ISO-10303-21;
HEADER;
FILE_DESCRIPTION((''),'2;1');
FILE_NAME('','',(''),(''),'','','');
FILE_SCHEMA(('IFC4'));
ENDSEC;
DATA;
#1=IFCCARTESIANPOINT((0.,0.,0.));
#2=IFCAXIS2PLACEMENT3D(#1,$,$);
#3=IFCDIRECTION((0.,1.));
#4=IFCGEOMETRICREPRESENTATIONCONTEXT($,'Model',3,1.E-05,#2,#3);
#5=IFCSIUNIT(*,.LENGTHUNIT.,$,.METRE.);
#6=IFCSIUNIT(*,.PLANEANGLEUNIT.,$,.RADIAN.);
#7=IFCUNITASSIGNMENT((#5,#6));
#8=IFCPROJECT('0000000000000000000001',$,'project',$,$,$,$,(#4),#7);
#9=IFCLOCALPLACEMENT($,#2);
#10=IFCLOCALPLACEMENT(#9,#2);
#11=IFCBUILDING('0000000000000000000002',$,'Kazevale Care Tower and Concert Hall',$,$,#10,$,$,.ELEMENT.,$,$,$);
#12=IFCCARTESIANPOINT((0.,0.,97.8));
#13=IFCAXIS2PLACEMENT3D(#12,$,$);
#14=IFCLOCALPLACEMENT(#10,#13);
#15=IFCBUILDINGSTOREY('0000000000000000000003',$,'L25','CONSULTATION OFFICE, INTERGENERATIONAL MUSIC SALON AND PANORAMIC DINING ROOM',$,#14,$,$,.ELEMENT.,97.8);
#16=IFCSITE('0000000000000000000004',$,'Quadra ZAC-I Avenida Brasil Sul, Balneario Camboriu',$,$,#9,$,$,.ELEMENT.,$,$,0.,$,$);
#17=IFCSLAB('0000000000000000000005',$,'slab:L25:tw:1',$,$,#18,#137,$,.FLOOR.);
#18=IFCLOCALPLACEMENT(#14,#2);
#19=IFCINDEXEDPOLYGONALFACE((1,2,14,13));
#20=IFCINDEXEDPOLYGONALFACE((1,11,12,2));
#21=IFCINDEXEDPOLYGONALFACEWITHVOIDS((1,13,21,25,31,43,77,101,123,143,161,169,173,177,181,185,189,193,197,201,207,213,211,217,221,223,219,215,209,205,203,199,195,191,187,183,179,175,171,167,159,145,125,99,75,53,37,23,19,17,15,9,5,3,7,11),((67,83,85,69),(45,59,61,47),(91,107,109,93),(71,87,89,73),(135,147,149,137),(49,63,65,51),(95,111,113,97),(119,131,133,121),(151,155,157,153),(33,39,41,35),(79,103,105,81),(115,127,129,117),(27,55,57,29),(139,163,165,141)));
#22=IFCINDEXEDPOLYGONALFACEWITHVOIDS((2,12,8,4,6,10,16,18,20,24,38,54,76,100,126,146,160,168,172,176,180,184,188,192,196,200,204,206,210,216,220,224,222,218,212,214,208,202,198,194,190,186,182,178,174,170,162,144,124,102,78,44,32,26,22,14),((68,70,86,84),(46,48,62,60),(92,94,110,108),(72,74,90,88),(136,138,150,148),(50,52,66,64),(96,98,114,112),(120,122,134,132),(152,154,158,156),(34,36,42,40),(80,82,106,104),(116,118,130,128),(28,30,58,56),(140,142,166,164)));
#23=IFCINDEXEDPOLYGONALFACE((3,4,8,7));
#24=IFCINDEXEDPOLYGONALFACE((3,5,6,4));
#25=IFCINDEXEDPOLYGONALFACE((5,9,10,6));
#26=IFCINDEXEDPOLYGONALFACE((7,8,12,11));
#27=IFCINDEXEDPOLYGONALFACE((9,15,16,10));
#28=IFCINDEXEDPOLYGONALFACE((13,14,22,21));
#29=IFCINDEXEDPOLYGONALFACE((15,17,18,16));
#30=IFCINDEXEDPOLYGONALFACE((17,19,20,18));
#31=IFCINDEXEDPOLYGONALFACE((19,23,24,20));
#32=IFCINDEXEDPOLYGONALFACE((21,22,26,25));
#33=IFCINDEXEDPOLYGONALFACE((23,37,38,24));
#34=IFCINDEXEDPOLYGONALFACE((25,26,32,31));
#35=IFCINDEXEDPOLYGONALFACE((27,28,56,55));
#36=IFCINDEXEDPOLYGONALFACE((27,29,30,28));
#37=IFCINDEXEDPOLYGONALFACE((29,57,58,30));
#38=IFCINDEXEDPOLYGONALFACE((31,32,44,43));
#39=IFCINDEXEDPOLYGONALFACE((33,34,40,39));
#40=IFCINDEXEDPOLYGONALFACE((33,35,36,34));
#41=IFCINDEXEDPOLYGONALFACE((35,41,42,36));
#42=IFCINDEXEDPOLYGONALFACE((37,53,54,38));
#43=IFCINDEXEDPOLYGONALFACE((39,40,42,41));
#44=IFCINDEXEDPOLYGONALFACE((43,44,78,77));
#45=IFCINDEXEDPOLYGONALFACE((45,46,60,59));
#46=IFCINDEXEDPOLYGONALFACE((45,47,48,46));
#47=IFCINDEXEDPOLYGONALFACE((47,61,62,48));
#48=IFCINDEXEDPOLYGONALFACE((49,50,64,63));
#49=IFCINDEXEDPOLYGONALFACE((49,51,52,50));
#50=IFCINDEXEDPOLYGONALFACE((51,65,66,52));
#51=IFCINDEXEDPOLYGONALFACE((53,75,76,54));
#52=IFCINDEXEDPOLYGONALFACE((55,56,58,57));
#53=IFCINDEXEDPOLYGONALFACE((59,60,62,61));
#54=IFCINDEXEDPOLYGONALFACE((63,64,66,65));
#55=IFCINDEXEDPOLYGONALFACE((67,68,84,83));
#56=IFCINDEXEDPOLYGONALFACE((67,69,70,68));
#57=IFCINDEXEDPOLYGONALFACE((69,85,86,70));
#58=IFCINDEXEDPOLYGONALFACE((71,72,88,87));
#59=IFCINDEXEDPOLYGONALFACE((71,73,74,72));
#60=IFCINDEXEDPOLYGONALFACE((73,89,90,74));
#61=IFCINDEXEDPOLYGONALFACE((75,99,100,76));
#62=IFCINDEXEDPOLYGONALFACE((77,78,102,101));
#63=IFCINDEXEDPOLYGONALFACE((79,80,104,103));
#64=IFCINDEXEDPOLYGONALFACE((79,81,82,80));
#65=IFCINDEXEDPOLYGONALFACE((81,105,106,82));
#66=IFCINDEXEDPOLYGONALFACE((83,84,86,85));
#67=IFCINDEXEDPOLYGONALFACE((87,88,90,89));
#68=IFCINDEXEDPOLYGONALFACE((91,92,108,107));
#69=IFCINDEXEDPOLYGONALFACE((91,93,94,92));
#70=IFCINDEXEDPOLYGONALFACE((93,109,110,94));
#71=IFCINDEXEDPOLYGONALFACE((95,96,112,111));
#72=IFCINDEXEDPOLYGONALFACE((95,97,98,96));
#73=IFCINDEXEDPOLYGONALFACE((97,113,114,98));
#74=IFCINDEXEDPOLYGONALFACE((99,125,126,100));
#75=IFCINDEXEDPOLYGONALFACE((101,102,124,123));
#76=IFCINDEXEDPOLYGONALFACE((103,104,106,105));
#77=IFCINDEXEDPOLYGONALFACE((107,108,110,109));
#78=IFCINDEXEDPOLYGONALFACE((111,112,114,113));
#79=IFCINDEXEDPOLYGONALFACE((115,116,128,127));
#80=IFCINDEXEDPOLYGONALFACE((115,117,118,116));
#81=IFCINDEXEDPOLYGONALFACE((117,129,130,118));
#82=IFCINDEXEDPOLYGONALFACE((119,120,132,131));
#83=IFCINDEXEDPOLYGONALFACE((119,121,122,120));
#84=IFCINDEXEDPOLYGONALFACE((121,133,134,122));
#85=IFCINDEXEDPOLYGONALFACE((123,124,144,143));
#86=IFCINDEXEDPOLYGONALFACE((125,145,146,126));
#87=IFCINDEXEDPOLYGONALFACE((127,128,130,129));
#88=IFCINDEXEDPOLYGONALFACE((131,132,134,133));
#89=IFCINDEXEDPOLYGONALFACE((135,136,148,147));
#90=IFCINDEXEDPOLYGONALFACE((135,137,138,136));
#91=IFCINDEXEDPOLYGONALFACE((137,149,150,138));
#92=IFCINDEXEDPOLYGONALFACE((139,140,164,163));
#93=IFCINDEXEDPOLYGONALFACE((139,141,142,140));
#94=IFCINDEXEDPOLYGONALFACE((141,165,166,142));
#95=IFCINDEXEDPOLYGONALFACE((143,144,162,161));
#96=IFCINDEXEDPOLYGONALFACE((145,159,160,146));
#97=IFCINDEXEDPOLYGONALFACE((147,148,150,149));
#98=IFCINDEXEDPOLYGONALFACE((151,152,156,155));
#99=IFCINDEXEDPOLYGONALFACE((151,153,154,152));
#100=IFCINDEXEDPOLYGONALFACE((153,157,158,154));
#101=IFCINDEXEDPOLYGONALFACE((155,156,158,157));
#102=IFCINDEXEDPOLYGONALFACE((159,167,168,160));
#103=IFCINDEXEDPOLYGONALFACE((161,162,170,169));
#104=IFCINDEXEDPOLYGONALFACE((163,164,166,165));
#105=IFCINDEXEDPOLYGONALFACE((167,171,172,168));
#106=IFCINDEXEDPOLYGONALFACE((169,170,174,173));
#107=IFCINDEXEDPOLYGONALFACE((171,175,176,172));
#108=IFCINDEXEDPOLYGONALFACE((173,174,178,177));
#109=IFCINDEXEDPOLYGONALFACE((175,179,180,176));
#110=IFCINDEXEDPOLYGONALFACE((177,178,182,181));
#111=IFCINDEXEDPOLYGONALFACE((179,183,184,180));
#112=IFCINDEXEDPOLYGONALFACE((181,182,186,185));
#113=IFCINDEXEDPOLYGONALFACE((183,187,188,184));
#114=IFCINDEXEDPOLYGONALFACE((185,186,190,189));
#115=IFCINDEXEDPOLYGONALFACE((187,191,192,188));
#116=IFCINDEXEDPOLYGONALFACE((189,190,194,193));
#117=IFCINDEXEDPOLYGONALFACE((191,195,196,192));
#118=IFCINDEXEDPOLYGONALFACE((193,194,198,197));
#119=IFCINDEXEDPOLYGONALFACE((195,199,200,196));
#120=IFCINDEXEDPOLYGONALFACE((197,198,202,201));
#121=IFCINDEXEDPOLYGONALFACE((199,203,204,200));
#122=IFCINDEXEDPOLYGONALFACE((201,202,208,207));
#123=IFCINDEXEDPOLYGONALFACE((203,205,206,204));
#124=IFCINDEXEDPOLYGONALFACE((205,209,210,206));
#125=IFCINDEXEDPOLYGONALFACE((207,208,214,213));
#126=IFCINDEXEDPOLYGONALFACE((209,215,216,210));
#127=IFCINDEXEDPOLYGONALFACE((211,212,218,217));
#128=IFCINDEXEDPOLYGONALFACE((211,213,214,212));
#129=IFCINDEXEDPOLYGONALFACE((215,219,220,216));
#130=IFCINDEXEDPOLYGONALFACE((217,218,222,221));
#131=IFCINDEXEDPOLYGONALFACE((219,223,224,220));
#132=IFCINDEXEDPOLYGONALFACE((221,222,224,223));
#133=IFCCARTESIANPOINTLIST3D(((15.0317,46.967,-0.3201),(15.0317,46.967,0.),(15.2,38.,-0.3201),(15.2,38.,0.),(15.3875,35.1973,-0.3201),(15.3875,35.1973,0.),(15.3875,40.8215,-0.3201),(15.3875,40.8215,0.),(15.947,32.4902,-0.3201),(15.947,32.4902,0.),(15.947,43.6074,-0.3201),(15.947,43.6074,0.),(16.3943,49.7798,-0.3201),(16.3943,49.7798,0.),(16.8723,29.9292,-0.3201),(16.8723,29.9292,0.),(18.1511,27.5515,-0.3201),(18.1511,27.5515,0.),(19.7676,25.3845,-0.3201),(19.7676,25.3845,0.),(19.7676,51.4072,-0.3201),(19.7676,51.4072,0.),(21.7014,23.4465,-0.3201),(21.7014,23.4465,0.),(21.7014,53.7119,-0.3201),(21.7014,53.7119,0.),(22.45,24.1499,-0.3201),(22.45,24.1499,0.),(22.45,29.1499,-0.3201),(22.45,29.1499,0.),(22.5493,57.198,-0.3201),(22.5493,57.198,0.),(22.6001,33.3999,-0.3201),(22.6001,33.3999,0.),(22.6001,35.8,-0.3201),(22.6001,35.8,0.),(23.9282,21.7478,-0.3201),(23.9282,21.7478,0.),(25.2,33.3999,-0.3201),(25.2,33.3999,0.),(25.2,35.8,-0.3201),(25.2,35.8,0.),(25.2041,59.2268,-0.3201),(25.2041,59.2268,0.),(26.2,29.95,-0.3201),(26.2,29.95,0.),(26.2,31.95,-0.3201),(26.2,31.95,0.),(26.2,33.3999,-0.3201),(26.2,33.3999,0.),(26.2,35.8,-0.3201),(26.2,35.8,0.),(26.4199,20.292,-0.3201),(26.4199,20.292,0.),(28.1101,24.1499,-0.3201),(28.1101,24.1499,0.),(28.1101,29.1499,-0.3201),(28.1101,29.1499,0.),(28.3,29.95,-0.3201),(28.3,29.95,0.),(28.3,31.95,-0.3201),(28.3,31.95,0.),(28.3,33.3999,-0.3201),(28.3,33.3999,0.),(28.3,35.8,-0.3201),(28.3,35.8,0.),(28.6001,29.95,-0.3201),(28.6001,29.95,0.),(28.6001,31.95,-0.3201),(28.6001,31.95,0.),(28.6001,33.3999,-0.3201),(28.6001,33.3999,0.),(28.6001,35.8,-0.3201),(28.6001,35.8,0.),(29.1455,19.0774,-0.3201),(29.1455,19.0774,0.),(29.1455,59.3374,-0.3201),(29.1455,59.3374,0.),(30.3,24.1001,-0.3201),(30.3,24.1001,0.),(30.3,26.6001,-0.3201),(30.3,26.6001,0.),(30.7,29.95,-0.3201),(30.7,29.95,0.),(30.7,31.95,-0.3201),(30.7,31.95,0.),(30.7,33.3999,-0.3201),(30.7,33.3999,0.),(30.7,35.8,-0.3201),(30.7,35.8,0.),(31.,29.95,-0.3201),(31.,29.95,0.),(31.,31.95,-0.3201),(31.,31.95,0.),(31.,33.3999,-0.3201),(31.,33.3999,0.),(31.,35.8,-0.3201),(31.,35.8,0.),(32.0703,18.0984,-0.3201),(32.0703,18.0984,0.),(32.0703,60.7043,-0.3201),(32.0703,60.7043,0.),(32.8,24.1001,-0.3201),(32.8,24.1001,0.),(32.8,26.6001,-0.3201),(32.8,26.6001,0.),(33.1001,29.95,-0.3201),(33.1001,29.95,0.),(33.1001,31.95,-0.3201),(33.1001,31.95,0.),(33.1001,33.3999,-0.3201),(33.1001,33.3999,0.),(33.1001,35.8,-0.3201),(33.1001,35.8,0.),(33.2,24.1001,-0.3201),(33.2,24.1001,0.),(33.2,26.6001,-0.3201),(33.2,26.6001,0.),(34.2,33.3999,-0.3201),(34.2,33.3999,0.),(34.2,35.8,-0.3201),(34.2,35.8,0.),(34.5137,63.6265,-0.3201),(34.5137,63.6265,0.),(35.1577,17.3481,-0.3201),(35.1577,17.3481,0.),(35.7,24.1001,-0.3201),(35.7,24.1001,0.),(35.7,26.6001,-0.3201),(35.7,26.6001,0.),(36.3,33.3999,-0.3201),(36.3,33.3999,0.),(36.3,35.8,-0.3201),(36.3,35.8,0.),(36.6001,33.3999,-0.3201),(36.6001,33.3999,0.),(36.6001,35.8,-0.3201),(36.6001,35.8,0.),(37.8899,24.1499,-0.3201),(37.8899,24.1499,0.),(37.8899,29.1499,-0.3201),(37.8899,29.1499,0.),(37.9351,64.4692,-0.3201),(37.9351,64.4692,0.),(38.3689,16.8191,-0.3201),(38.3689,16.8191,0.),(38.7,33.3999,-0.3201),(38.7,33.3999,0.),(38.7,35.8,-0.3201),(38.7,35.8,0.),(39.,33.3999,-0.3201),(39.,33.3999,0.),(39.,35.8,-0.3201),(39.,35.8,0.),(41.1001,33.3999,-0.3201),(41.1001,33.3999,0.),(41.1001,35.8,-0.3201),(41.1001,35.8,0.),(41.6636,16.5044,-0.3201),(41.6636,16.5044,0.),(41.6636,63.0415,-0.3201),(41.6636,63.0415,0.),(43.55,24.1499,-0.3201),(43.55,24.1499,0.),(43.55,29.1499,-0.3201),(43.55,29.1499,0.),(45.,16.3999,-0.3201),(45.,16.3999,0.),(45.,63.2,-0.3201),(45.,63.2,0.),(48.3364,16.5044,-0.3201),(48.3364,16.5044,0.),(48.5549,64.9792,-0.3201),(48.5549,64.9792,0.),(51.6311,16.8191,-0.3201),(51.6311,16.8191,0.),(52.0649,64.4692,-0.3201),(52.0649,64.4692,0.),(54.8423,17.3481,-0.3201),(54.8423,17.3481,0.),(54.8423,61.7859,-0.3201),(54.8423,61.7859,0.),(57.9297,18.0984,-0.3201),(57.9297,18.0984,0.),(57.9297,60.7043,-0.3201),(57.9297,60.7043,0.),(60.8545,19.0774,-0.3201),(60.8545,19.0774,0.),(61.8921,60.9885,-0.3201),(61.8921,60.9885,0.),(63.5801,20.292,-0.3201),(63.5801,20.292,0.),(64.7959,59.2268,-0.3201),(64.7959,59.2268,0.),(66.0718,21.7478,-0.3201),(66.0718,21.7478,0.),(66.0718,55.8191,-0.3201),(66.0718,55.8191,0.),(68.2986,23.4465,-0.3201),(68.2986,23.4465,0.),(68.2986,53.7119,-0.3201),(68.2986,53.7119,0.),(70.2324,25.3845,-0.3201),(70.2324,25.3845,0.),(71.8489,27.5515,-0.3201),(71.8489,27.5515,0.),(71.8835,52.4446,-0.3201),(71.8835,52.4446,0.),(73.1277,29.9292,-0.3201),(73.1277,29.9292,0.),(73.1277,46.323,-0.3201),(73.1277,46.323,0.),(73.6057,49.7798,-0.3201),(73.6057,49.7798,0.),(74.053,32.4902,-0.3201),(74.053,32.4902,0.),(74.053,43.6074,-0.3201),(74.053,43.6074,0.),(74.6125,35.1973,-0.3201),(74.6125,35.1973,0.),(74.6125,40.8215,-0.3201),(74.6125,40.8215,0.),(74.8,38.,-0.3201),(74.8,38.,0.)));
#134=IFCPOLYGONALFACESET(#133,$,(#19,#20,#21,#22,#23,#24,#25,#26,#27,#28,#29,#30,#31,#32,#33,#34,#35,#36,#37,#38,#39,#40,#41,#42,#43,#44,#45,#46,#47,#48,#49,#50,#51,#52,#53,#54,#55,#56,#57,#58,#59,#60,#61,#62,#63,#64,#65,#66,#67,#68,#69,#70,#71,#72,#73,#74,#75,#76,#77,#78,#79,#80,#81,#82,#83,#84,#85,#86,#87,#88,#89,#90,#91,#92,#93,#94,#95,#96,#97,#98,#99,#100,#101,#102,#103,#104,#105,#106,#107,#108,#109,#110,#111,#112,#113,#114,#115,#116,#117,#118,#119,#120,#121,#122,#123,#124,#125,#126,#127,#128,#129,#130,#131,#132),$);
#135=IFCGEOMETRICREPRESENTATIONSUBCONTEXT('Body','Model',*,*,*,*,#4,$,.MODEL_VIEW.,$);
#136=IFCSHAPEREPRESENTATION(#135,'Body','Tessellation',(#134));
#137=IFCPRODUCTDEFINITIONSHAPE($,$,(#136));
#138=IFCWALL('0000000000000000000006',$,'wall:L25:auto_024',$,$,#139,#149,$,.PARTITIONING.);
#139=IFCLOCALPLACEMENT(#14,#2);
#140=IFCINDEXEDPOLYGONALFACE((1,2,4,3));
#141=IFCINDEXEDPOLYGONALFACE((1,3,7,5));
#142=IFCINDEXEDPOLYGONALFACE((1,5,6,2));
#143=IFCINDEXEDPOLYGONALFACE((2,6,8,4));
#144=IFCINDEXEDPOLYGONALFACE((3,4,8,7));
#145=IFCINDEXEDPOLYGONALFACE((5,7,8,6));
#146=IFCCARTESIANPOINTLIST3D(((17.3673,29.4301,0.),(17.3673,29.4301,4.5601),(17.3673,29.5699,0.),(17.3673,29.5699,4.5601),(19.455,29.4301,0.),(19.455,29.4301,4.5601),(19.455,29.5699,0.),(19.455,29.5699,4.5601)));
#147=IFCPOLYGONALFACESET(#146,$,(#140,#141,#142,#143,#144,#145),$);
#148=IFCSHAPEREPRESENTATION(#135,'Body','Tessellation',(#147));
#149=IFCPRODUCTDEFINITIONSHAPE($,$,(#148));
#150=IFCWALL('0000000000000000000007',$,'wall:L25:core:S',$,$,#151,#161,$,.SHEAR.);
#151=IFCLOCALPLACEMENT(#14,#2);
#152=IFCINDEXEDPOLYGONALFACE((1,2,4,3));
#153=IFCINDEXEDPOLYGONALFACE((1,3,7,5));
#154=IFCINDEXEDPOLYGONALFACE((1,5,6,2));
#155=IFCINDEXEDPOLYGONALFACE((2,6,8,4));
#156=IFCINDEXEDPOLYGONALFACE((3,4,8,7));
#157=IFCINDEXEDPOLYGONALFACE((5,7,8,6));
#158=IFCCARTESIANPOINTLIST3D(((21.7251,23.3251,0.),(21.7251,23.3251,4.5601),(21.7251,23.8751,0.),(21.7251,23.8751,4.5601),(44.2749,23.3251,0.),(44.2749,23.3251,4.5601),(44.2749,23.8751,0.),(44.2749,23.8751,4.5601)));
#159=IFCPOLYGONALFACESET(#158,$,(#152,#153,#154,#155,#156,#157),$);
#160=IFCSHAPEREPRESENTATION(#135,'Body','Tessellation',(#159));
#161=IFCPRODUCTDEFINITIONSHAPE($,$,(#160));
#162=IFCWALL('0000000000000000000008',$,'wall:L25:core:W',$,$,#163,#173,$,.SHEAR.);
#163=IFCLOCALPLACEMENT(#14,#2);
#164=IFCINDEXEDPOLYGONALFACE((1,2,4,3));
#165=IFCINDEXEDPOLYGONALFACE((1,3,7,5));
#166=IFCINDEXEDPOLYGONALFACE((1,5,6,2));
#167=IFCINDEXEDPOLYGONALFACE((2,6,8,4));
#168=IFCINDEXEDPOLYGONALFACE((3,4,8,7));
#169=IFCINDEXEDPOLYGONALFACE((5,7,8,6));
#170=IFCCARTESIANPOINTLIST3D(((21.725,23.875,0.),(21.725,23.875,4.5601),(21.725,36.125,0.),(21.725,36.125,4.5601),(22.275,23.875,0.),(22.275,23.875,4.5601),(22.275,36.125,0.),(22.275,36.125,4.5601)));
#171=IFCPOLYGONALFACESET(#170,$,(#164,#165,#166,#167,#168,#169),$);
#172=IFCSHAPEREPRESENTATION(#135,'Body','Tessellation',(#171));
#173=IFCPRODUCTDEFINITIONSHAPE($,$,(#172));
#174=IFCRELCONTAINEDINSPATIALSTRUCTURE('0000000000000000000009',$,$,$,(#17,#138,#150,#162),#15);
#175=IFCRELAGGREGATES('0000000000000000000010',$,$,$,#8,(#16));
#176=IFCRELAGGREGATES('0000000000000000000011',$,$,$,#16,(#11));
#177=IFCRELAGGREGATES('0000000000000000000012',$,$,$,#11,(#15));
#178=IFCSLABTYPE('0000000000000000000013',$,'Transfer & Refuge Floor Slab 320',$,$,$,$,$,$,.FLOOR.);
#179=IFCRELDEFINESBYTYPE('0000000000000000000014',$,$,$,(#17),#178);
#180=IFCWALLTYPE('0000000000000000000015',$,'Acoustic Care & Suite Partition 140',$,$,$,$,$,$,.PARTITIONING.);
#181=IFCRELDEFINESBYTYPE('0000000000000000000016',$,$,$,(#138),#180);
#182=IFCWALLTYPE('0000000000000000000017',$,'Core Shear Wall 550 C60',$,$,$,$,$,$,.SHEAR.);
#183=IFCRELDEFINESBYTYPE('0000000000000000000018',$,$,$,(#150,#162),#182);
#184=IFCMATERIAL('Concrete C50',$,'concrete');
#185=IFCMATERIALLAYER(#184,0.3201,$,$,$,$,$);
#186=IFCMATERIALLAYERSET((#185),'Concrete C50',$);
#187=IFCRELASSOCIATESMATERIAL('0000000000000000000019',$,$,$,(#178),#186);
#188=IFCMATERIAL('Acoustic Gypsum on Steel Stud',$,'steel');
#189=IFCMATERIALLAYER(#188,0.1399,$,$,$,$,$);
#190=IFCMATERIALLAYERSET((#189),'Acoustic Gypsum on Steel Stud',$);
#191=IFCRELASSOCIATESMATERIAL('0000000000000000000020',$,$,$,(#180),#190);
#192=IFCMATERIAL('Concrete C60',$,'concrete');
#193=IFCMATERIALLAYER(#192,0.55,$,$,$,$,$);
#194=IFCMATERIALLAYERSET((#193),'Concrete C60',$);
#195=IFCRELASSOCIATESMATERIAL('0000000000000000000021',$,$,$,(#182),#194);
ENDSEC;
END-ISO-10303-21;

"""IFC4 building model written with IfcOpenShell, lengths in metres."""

from ifc_helpers import new_model, si_unit, direction, frame, frame_2d, origin, place, context, subcontext, project, spatial, polyline, rectangle, outline, extrude, material, layer, layer_set, type_object, element, save


model = new_model("IFC4")

# Units and contexts
model_context = context("Model", 3, precision=1e-05, world=origin(), true_north=direction((0.0, 1.0)))
body_context = subcontext(model_context, "Body", "Model", "MODEL_VIEW")
ifc_project = project(units=[si_unit("LENGTHUNIT", "METRE"), si_unit("PLANEANGLEUNIT", "RADIAN")], contexts=[model_context])

# Site, building, storey
site_placement = place(None, origin())
site = spatial("IfcSite", under=ifc_project, at=site_placement, Name="Quadra ZAC-I Avenida Brasil Sul, Balneario Camboriu", CompositionType="ELEMENT", RefElevation=0.0)
building_placement = place(site_placement, origin())
building = spatial("IfcBuilding", under=site, at=building_placement, Name="Kazevale Care Tower and Concert Hall", CompositionType="ELEMENT")
storey_placement = place(building_placement, frame((0.0, 0.0, 97.8)))
storey = spatial("IfcBuildingStorey", under=building, at=storey_placement, Name="L25", Description="CONSULTATION OFFICE, INTERGENERATIONAL MUSIC SALON AND PANORAMIC DINING ROOM", CompositionType="ELEMENT", Elevation=97.8)

# Shared definitions
ifc_material_1 = material(Name="Concrete C60", Category="concrete")

# Slab
ifc_material_2 = material(Name="Concrete C50", Category="concrete")
ifc_layer_1 = layer(ifc_material_2, 0.3201)
ifc_layer_set_1 = layer_set([ifc_layer_1], Name="Concrete C50")
slab_type_1 = type_object("IfcSlabType", Name="Transfer & Refuge Floor Slab 320", PredefinedType="FLOOR", material=ifc_layer_set_1)
slab_1_placement = place(storey_placement, frame((0.0, 0.0, -0.3201)))
element("IfcSlab", 1, at=slab_1_placement, inside=storey, type_object=slab_type_1, Name="slab:L25:tw:1", PredefinedType="FLOOR", context=body_context, shape_type="SweptSolid", body=[
    extrude(outline(polyline([(74.8, 38.0), (74.6125, 40.8215), (74.053, 43.6074), (73.1277, 46.323), (73.6057, 49.7798), (71.8835, 52.4446), (68.2986, 53.7119), (66.0718, 55.8191), (64.7959, 59.2268), (61.8921, 60.9885), (57.9297, 60.7043), (54.8423, 61.7859), (52.0649, 64.4692), (48.5549, 64.9792), (45.0, 63.2), (41.6636, 63.0415), (37.9351, 64.4692), (34.5137, 63.6265), (32.0703, 60.7043), (29.1455, 59.3374), (25.2041, 59.2268), (22.5493, 57.198), (21.7014, 53.7119), (19.7676, 51.4072), (16.3943, 49.7798), (15.0317, 46.967), (15.947, 43.6074), (15.3875, 40.8215), (15.2, 38.0), (15.3875, 35.1973), (15.947, 32.4902), (16.8723, 29.9292), (18.1511, 27.5515), (19.7676, 25.3845), (21.7014, 23.4465), (23.9282, 21.7478), (26.4199, 20.292), (29.1455, 19.0774), (32.0703, 18.0984), (35.1577, 17.3481), (38.3689, 16.8191), (41.6636, 16.5044), (45.0, 16.3999), (48.3364, 16.5044), (51.6311, 16.8191), (54.8423, 17.3481), (57.9297, 18.0984), (60.8545, 19.0774), (63.5801, 20.292), (66.0718, 21.7478), (68.2986, 23.4465), (70.2324, 25.3845), (71.8489, 27.5515), (73.1277, 29.9292), (74.053, 32.4902), (74.6125, 35.1973), (74.8, 38.0)]), holes=[polyline([(22.45, 24.1499), (28.1101, 24.1499), (28.1101, 29.1499), (22.45, 29.1499), (22.45, 24.1499)]), polyline([(37.8899, 24.1499), (43.55, 24.1499), (43.55, 29.1499), (37.8899, 29.1499), (37.8899, 24.1499)]), polyline([(30.3, 24.1001), (32.8, 24.1001), (32.8, 26.6001), (30.3, 26.6001), (30.3, 24.1001)]), polyline([(33.2, 24.1001), (35.7, 24.1001), (35.7, 26.6001), (33.2, 26.6001), (33.2, 24.1001)]), polyline([(22.6001, 33.3999), (25.2, 33.3999), (25.2, 35.8), (22.6001, 35.8), (22.6001, 33.3999)]), polyline([(26.2, 33.3999), (28.3, 33.3999), (28.3, 35.8), (26.2, 35.8), (26.2, 33.3999)]), polyline([(28.6001, 33.3999), (30.7, 33.3999), (30.7, 35.8), (28.6001, 35.8), (28.6001, 33.3999)]), polyline([(31.0, 33.3999), (33.1001, 33.3999), (33.1001, 35.8), (31.0, 35.8), (31.0, 33.3999)]), polyline([(34.2, 33.3999), (36.3, 33.3999), (36.3, 35.8), (34.2, 35.8), (34.2, 33.3999)]), polyline([(36.6001, 33.3999), (38.7, 33.3999), (38.7, 35.8), (36.6001, 35.8), (36.6001, 33.3999)]), polyline([(39.0, 33.3999), (41.1001, 33.3999), (41.1001, 35.8), (39.0, 35.8), (39.0, 33.3999)]), polyline([(26.2, 29.95), (28.3, 29.95), (28.3, 31.95), (26.2, 31.95), (26.2, 29.95)]), polyline([(28.6001, 29.95), (30.7, 29.95), (30.7, 31.95), (28.6001, 31.95), (28.6001, 29.95)]), polyline([(31.0, 29.95), (33.1001, 29.95), (33.1001, 31.95), (31.0, 31.95), (31.0, 29.95)])]), origin(), (0.0, 0.0, 1.0), 0.3201),
])

# Walls
ifc_material_3 = material(Name="Acoustic Gypsum on Steel Stud", Category="steel")
ifc_layer_2 = layer(ifc_material_3, 0.1399)
ifc_layer_set_2 = layer_set([ifc_layer_2], Name="Acoustic Gypsum on Steel Stud")
wall_type_1 = type_object("IfcWallType", Name="Acoustic Care & Suite Partition 140", PredefinedType="PARTITIONING", material=ifc_layer_set_2)
wall_1_placement = place(storey_placement, frame((19.4551, 29.5, 0.0), z_axis=(0.0, 0.0, 1.0), x_axis=(-1.0, 0.0, 0.0)))
element("IfcWall", 2, at=wall_1_placement, inside=storey, type_object=wall_type_1, Name="wall:L25:auto_024", PredefinedType="PARTITIONING", context=body_context, shape_type="SweptSolid", body=[
    extrude(rectangle(XDim=2.0876, YDim=0.1399, at=frame_2d((1.0439, 0.0))), origin(), (0.0, 0.0, 1.0), 4.5601),
])
ifc_layer_3 = layer(ifc_material_1, 0.55)
ifc_layer_set_3 = layer_set([ifc_layer_3], Name="Concrete C60")
wall_type_2 = type_object("IfcWallType", Name="Core Shear Wall 550 C60", PredefinedType="SHEAR", material=ifc_layer_set_3)
wall_2_placement = place(storey_placement, frame((21.7251, 23.6001, 0.0), z_axis=(0.0, 0.0, 1.0), x_axis=(1.0, 0.0, 0.0)))
element("IfcWall", 3, at=wall_2_placement, inside=storey, type_object=wall_type_2, Name="wall:L25:core:S", PredefinedType="SHEAR", context=body_context, shape_type="SweptSolid", body=[
    extrude(rectangle(XDim=22.5498, YDim=0.55, at=frame_2d((11.2749, 0.0))), origin(), (0.0, 0.0, 1.0), 4.5601),
])
wall_3_placement = place(storey_placement, frame((22.0, 23.875, 0.0), z_axis=(0.0, 0.0, 1.0), x_axis=(0.0, 1.0, 0.0)))
element("IfcWall", 4, at=wall_3_placement, inside=storey, type_object=wall_type_2, Name="wall:L25:core:W", PredefinedType="SHEAR", context=body_context, shape_type="SweptSolid", body=[
    extrude(rectangle(XDim=12.25, YDim=0.55, at=frame_2d((6.125, 0.0))), origin(), (0.0, 0.0, 1.0), 4.5601),
])

save(model, "model.ifc")
